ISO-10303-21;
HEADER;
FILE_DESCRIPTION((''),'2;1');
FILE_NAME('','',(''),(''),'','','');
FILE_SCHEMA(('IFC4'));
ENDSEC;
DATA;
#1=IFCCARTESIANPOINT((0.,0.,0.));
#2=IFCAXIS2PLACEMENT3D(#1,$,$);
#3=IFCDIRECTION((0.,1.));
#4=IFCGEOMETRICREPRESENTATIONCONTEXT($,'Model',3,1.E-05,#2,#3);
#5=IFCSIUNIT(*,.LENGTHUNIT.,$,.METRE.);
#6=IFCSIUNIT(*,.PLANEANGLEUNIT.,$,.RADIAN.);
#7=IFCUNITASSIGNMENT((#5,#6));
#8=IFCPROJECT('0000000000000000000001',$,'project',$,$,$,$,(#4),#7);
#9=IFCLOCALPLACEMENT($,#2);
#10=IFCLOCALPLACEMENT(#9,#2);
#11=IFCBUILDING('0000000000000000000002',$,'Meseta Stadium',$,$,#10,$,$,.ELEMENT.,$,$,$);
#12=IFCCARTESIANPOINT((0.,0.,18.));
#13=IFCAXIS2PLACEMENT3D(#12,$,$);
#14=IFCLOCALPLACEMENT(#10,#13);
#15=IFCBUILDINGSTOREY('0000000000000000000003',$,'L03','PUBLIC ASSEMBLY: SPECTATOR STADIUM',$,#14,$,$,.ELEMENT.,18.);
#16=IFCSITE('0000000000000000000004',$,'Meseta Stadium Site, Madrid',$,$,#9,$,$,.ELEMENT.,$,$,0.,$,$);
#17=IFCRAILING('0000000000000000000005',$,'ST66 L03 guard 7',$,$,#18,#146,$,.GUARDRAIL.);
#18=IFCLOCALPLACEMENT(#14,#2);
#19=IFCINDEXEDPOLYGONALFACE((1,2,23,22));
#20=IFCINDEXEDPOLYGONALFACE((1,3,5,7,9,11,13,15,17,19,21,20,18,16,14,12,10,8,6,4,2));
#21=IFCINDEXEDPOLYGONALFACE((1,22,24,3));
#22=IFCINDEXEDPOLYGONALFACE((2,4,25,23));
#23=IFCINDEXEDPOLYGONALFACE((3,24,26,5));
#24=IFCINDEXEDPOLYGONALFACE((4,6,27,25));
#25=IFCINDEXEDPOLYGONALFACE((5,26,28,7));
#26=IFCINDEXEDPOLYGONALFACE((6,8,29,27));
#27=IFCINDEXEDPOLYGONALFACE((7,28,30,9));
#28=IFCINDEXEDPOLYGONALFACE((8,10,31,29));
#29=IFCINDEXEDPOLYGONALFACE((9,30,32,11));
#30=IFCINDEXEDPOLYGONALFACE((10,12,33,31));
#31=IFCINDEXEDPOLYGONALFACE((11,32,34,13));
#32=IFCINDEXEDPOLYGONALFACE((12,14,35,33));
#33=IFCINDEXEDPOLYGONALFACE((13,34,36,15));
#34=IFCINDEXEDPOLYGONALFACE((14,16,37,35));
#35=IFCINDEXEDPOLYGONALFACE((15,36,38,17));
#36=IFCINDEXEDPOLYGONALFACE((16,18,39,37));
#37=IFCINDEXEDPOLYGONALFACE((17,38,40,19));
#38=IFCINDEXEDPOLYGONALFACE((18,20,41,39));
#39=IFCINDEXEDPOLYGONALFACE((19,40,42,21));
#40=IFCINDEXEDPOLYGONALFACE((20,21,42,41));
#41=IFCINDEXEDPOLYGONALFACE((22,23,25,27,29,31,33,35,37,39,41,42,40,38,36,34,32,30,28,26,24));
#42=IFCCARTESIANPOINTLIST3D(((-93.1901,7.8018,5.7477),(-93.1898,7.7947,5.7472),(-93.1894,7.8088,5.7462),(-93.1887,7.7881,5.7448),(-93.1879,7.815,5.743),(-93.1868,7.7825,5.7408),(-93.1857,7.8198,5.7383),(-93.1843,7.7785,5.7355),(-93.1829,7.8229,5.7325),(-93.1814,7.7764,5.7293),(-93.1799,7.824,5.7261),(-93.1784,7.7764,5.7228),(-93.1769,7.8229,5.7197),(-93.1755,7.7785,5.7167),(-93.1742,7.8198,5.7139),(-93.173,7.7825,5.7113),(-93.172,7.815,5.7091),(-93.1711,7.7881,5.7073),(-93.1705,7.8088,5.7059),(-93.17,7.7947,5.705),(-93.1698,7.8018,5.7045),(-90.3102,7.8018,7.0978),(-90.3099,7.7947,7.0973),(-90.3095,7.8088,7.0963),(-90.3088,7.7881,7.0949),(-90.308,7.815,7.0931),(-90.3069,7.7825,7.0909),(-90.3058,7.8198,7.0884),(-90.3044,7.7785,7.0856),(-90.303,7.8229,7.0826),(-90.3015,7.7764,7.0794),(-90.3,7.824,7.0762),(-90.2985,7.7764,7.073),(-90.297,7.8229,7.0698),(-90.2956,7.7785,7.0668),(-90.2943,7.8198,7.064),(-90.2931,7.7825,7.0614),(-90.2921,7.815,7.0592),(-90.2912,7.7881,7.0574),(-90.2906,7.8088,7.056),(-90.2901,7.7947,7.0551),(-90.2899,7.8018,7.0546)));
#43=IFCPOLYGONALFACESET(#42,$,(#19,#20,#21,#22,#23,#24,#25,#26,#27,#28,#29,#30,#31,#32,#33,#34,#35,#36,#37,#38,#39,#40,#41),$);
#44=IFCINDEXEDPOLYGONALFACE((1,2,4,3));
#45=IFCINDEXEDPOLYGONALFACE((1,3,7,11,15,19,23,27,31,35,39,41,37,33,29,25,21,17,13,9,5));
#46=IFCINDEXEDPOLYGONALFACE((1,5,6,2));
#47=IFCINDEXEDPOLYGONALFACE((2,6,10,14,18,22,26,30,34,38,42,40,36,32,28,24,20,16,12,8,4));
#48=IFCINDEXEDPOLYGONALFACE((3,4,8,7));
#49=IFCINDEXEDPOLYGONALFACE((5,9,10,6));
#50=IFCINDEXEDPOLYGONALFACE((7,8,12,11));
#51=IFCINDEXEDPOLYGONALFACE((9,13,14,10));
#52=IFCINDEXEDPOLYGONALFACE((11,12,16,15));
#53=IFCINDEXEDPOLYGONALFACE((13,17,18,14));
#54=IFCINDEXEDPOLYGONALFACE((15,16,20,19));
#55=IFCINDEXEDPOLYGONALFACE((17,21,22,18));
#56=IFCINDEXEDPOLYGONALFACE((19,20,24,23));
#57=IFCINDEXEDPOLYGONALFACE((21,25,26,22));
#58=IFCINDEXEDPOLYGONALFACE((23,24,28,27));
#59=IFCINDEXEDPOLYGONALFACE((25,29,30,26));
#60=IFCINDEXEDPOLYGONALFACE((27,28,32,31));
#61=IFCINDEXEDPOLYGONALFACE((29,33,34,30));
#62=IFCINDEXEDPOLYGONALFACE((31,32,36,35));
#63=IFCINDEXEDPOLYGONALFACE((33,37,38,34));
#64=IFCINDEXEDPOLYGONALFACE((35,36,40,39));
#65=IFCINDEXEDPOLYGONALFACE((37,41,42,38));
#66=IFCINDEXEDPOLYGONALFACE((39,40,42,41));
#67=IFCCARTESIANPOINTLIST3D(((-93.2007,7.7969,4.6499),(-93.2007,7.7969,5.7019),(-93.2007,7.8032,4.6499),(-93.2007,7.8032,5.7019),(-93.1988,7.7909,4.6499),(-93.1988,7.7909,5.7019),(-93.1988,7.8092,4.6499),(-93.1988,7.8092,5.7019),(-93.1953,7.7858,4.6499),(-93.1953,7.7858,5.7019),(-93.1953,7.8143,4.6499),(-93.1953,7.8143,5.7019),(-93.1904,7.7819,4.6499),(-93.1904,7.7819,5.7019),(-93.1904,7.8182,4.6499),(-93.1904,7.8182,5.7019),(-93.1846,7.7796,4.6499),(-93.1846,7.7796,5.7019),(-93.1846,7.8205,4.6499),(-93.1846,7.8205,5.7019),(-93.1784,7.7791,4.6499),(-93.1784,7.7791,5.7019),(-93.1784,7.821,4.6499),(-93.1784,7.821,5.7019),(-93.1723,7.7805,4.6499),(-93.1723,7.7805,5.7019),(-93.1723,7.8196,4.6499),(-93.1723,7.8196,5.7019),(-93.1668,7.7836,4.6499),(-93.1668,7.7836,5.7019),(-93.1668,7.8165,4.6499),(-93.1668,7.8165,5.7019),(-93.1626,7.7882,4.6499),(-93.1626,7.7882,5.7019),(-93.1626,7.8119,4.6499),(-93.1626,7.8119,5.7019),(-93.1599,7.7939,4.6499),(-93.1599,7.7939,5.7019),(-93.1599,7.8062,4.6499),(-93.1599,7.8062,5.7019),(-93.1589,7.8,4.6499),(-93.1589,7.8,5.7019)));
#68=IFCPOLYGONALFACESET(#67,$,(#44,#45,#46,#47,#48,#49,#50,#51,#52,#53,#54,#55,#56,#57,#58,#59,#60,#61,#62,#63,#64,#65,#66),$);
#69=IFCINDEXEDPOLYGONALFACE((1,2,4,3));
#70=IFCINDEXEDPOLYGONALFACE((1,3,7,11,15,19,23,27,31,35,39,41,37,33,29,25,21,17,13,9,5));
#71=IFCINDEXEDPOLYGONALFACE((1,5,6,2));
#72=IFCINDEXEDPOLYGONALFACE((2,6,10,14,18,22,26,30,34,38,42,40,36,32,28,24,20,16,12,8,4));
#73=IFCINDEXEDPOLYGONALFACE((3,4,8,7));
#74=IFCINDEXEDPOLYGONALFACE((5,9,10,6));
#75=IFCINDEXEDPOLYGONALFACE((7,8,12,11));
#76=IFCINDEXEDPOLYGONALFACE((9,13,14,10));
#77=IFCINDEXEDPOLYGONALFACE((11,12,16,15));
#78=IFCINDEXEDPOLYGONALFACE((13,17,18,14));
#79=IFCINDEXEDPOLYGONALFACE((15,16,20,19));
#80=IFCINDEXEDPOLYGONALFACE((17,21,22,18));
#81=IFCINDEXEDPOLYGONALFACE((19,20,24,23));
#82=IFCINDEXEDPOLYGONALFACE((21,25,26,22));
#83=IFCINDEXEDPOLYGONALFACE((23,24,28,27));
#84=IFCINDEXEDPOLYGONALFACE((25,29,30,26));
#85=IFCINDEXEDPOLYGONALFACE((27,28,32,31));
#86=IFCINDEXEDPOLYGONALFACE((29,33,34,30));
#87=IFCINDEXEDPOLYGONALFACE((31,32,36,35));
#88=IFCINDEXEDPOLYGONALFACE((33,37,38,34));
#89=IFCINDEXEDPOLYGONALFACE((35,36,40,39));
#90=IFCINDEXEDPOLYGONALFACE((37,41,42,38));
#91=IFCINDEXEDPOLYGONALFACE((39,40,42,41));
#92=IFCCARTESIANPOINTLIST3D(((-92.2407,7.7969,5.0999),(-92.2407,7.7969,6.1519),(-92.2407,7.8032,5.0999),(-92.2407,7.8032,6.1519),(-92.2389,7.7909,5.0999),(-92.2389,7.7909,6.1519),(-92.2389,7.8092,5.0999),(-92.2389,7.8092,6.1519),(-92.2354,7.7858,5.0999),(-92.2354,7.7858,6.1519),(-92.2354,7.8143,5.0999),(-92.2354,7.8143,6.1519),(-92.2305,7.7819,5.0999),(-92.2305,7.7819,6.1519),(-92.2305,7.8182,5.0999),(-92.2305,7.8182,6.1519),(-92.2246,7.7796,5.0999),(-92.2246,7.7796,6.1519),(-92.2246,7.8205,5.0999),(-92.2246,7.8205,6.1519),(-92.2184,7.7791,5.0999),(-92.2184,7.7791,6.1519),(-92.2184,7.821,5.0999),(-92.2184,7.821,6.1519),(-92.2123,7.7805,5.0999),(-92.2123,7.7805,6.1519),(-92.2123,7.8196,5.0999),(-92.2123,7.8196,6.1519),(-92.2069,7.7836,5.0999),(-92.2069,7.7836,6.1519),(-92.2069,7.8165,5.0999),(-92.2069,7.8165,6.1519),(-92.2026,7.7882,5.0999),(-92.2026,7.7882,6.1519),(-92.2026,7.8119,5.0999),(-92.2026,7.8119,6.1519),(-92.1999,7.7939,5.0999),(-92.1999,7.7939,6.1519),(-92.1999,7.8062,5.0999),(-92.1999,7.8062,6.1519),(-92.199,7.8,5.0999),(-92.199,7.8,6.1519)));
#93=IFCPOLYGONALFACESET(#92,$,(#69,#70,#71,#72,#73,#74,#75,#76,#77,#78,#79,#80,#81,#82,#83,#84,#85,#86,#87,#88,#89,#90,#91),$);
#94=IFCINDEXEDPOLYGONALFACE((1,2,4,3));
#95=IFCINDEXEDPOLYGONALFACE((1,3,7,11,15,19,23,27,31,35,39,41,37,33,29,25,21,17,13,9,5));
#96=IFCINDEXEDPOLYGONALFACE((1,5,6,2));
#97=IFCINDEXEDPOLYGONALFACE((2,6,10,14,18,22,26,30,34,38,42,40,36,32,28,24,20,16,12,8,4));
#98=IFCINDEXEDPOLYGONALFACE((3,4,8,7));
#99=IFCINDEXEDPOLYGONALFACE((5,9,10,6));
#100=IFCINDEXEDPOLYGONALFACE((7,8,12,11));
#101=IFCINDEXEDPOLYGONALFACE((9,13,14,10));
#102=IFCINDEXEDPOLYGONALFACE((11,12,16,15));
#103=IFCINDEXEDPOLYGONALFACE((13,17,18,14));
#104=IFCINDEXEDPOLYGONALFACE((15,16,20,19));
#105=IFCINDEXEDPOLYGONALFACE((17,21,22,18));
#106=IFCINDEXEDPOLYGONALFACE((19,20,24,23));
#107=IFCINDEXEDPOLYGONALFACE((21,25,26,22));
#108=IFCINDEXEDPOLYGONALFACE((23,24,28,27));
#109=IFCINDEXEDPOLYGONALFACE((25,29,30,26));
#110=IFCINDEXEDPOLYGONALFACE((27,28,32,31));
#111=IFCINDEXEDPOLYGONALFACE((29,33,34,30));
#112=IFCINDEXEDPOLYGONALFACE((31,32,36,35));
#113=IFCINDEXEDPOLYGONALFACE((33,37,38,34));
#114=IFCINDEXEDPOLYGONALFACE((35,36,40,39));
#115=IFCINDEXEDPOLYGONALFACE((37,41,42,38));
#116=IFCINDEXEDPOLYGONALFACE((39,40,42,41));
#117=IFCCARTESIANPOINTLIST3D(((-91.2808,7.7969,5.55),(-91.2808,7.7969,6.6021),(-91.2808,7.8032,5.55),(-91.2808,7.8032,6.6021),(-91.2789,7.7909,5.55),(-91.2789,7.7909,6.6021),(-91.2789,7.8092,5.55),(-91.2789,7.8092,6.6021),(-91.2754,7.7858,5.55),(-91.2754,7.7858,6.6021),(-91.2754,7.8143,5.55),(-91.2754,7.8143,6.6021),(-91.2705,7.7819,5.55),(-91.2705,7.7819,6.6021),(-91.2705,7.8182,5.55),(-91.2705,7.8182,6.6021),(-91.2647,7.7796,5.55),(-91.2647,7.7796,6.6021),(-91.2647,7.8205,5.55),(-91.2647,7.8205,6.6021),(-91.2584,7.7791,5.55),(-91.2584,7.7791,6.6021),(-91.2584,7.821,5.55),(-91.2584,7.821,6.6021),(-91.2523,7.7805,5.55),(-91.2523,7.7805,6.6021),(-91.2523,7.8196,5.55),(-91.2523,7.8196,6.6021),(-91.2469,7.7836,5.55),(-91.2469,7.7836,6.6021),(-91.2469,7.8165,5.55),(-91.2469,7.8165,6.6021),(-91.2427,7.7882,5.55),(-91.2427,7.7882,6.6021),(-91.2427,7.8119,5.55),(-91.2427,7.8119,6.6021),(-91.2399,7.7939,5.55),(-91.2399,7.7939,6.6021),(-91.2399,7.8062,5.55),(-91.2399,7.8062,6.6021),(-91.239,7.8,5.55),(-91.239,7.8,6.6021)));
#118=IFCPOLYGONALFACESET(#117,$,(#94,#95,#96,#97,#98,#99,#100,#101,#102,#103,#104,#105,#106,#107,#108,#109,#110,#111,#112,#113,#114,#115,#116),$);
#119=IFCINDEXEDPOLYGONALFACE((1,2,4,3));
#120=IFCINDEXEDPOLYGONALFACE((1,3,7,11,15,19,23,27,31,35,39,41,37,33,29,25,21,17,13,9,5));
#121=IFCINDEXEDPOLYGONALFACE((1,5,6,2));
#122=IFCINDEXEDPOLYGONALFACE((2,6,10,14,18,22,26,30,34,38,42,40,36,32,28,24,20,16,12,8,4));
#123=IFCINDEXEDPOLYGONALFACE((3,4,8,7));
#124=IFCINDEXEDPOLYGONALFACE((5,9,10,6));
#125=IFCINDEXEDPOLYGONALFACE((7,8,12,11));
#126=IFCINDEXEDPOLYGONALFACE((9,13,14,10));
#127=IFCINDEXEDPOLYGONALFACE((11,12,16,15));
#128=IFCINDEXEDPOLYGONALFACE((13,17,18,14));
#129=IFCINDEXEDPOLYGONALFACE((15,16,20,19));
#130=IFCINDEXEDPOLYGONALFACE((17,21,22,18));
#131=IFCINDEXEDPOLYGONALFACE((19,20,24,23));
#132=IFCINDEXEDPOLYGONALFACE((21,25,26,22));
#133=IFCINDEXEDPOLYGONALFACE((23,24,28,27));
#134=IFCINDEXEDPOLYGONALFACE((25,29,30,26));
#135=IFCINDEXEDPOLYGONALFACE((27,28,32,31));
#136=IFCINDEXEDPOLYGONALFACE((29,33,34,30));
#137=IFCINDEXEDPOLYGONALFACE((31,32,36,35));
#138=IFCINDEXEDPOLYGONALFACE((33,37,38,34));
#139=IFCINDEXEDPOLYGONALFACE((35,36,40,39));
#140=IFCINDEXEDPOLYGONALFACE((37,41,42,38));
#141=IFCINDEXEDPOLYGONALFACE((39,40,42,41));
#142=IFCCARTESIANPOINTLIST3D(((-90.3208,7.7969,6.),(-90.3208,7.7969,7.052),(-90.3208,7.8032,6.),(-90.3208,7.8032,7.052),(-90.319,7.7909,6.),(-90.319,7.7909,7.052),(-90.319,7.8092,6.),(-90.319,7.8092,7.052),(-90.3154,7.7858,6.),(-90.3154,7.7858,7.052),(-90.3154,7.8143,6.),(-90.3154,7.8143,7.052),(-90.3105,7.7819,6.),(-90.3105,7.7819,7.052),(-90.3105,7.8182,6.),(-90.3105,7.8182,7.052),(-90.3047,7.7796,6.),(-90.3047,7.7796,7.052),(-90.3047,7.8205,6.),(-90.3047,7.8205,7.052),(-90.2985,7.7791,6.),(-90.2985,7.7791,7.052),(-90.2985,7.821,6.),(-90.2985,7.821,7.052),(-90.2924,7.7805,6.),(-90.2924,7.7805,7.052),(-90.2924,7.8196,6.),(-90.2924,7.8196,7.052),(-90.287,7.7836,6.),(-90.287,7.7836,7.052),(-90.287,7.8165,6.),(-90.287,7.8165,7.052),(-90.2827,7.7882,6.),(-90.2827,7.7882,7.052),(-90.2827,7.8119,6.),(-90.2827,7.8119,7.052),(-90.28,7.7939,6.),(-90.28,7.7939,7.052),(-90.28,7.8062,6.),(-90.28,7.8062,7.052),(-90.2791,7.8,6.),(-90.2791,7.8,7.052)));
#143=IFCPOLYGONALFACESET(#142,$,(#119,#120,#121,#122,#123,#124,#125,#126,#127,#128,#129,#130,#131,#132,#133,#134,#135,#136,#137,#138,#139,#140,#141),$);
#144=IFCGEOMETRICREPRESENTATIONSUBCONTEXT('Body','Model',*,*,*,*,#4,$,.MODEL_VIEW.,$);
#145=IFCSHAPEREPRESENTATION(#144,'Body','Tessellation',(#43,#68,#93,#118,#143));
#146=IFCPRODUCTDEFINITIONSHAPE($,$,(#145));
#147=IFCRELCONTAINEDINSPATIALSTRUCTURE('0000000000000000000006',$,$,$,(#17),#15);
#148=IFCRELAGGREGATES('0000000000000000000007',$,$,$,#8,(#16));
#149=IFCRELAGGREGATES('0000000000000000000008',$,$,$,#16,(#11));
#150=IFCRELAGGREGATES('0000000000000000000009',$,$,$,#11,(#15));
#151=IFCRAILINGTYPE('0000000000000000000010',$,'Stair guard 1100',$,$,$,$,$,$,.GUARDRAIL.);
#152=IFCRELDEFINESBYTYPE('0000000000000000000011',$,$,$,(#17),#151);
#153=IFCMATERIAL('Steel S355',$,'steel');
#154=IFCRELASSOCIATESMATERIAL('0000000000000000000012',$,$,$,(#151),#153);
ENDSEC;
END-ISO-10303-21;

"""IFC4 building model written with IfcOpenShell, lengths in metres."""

from ifc_helpers import new_model, si_unit, direction, frame, origin, origin_2d, place, context, subcontext, project, spatial, circle, extrude, material, type_object, element, save


model = new_model("IFC4")

# Units and contexts
model_context = context("Model", 3, precision=1e-05, world=origin(), true_north=direction((0.0, 1.0)))
body_context = subcontext(model_context, "Body", "Model", "MODEL_VIEW")
ifc_project = project(units=[si_unit("LENGTHUNIT", "METRE"), si_unit("PLANEANGLEUNIT", "RADIAN")], contexts=[model_context])

# Site, building, storey
site_placement = place(None, origin())
site = spatial("IfcSite", under=ifc_project, at=site_placement, Name="Meseta Stadium Site, Madrid", CompositionType="ELEMENT", RefElevation=0.0)
building_placement = place(site_placement, origin())
building = spatial("IfcBuilding", under=site, at=building_placement, Name="Meseta Stadium", CompositionType="ELEMENT")
storey_placement = place(building_placement, frame((0.0, 0.0, 18.0)))
storey = spatial("IfcBuildingStorey", under=building, at=storey_placement, Name="L03", Description="PUBLIC ASSEMBLY: SPECTATOR STADIUM", CompositionType="ELEMENT", Elevation=18.0)

# Railing
ifc_material_1 = material(Name="Steel S355", Category="steel")
railing_type_1 = type_object("IfcRailingType", Name="Stair guard 1100", PredefinedType="GUARDRAIL", material=ifc_material_1)
for number, where, name in (
    (1, (-93.1799, 7.8, 4.6499), "ST66 L03 guard 7"),
):
    element("IfcRailing", number, at=place(storey_placement, frame(where)), inside=storey, type_object=railing_type_1, Name=name, PredefinedType="GUARDRAIL", context=body_context, shape_type="SweptSolid", body=[
        extrude(circle(Radius=0.0239, at=origin_2d()), frame((0.0, 0.0, 1.0762), z_axis=(0.90544, 0.0, 0.424473), x_axis=(0.0, 1.0, 0.0)), (0.0, 0.0, 1.0), 3.1807),
        extrude(circle(Radius=0.021, at=origin_2d()), origin(), (0.0, 0.0, 1.0), 1.052),
        extrude(circle(Radius=0.021, at=origin_2d()), frame((0.96, 0.0, 0.45)), (0.0, 0.0, 1.0), 1.052),
        extrude(circle(Radius=0.021, at=origin_2d()), frame((1.9199, 0.0, 0.9001)), (0.0, 0.0, 1.0), 1.052),
        extrude(circle(Radius=0.021, at=origin_2d()), frame((2.8799, 0.0, 1.3501)), (0.0, 0.0, 1.0), 1.052),
    ])

save(model, "model.ifc")
